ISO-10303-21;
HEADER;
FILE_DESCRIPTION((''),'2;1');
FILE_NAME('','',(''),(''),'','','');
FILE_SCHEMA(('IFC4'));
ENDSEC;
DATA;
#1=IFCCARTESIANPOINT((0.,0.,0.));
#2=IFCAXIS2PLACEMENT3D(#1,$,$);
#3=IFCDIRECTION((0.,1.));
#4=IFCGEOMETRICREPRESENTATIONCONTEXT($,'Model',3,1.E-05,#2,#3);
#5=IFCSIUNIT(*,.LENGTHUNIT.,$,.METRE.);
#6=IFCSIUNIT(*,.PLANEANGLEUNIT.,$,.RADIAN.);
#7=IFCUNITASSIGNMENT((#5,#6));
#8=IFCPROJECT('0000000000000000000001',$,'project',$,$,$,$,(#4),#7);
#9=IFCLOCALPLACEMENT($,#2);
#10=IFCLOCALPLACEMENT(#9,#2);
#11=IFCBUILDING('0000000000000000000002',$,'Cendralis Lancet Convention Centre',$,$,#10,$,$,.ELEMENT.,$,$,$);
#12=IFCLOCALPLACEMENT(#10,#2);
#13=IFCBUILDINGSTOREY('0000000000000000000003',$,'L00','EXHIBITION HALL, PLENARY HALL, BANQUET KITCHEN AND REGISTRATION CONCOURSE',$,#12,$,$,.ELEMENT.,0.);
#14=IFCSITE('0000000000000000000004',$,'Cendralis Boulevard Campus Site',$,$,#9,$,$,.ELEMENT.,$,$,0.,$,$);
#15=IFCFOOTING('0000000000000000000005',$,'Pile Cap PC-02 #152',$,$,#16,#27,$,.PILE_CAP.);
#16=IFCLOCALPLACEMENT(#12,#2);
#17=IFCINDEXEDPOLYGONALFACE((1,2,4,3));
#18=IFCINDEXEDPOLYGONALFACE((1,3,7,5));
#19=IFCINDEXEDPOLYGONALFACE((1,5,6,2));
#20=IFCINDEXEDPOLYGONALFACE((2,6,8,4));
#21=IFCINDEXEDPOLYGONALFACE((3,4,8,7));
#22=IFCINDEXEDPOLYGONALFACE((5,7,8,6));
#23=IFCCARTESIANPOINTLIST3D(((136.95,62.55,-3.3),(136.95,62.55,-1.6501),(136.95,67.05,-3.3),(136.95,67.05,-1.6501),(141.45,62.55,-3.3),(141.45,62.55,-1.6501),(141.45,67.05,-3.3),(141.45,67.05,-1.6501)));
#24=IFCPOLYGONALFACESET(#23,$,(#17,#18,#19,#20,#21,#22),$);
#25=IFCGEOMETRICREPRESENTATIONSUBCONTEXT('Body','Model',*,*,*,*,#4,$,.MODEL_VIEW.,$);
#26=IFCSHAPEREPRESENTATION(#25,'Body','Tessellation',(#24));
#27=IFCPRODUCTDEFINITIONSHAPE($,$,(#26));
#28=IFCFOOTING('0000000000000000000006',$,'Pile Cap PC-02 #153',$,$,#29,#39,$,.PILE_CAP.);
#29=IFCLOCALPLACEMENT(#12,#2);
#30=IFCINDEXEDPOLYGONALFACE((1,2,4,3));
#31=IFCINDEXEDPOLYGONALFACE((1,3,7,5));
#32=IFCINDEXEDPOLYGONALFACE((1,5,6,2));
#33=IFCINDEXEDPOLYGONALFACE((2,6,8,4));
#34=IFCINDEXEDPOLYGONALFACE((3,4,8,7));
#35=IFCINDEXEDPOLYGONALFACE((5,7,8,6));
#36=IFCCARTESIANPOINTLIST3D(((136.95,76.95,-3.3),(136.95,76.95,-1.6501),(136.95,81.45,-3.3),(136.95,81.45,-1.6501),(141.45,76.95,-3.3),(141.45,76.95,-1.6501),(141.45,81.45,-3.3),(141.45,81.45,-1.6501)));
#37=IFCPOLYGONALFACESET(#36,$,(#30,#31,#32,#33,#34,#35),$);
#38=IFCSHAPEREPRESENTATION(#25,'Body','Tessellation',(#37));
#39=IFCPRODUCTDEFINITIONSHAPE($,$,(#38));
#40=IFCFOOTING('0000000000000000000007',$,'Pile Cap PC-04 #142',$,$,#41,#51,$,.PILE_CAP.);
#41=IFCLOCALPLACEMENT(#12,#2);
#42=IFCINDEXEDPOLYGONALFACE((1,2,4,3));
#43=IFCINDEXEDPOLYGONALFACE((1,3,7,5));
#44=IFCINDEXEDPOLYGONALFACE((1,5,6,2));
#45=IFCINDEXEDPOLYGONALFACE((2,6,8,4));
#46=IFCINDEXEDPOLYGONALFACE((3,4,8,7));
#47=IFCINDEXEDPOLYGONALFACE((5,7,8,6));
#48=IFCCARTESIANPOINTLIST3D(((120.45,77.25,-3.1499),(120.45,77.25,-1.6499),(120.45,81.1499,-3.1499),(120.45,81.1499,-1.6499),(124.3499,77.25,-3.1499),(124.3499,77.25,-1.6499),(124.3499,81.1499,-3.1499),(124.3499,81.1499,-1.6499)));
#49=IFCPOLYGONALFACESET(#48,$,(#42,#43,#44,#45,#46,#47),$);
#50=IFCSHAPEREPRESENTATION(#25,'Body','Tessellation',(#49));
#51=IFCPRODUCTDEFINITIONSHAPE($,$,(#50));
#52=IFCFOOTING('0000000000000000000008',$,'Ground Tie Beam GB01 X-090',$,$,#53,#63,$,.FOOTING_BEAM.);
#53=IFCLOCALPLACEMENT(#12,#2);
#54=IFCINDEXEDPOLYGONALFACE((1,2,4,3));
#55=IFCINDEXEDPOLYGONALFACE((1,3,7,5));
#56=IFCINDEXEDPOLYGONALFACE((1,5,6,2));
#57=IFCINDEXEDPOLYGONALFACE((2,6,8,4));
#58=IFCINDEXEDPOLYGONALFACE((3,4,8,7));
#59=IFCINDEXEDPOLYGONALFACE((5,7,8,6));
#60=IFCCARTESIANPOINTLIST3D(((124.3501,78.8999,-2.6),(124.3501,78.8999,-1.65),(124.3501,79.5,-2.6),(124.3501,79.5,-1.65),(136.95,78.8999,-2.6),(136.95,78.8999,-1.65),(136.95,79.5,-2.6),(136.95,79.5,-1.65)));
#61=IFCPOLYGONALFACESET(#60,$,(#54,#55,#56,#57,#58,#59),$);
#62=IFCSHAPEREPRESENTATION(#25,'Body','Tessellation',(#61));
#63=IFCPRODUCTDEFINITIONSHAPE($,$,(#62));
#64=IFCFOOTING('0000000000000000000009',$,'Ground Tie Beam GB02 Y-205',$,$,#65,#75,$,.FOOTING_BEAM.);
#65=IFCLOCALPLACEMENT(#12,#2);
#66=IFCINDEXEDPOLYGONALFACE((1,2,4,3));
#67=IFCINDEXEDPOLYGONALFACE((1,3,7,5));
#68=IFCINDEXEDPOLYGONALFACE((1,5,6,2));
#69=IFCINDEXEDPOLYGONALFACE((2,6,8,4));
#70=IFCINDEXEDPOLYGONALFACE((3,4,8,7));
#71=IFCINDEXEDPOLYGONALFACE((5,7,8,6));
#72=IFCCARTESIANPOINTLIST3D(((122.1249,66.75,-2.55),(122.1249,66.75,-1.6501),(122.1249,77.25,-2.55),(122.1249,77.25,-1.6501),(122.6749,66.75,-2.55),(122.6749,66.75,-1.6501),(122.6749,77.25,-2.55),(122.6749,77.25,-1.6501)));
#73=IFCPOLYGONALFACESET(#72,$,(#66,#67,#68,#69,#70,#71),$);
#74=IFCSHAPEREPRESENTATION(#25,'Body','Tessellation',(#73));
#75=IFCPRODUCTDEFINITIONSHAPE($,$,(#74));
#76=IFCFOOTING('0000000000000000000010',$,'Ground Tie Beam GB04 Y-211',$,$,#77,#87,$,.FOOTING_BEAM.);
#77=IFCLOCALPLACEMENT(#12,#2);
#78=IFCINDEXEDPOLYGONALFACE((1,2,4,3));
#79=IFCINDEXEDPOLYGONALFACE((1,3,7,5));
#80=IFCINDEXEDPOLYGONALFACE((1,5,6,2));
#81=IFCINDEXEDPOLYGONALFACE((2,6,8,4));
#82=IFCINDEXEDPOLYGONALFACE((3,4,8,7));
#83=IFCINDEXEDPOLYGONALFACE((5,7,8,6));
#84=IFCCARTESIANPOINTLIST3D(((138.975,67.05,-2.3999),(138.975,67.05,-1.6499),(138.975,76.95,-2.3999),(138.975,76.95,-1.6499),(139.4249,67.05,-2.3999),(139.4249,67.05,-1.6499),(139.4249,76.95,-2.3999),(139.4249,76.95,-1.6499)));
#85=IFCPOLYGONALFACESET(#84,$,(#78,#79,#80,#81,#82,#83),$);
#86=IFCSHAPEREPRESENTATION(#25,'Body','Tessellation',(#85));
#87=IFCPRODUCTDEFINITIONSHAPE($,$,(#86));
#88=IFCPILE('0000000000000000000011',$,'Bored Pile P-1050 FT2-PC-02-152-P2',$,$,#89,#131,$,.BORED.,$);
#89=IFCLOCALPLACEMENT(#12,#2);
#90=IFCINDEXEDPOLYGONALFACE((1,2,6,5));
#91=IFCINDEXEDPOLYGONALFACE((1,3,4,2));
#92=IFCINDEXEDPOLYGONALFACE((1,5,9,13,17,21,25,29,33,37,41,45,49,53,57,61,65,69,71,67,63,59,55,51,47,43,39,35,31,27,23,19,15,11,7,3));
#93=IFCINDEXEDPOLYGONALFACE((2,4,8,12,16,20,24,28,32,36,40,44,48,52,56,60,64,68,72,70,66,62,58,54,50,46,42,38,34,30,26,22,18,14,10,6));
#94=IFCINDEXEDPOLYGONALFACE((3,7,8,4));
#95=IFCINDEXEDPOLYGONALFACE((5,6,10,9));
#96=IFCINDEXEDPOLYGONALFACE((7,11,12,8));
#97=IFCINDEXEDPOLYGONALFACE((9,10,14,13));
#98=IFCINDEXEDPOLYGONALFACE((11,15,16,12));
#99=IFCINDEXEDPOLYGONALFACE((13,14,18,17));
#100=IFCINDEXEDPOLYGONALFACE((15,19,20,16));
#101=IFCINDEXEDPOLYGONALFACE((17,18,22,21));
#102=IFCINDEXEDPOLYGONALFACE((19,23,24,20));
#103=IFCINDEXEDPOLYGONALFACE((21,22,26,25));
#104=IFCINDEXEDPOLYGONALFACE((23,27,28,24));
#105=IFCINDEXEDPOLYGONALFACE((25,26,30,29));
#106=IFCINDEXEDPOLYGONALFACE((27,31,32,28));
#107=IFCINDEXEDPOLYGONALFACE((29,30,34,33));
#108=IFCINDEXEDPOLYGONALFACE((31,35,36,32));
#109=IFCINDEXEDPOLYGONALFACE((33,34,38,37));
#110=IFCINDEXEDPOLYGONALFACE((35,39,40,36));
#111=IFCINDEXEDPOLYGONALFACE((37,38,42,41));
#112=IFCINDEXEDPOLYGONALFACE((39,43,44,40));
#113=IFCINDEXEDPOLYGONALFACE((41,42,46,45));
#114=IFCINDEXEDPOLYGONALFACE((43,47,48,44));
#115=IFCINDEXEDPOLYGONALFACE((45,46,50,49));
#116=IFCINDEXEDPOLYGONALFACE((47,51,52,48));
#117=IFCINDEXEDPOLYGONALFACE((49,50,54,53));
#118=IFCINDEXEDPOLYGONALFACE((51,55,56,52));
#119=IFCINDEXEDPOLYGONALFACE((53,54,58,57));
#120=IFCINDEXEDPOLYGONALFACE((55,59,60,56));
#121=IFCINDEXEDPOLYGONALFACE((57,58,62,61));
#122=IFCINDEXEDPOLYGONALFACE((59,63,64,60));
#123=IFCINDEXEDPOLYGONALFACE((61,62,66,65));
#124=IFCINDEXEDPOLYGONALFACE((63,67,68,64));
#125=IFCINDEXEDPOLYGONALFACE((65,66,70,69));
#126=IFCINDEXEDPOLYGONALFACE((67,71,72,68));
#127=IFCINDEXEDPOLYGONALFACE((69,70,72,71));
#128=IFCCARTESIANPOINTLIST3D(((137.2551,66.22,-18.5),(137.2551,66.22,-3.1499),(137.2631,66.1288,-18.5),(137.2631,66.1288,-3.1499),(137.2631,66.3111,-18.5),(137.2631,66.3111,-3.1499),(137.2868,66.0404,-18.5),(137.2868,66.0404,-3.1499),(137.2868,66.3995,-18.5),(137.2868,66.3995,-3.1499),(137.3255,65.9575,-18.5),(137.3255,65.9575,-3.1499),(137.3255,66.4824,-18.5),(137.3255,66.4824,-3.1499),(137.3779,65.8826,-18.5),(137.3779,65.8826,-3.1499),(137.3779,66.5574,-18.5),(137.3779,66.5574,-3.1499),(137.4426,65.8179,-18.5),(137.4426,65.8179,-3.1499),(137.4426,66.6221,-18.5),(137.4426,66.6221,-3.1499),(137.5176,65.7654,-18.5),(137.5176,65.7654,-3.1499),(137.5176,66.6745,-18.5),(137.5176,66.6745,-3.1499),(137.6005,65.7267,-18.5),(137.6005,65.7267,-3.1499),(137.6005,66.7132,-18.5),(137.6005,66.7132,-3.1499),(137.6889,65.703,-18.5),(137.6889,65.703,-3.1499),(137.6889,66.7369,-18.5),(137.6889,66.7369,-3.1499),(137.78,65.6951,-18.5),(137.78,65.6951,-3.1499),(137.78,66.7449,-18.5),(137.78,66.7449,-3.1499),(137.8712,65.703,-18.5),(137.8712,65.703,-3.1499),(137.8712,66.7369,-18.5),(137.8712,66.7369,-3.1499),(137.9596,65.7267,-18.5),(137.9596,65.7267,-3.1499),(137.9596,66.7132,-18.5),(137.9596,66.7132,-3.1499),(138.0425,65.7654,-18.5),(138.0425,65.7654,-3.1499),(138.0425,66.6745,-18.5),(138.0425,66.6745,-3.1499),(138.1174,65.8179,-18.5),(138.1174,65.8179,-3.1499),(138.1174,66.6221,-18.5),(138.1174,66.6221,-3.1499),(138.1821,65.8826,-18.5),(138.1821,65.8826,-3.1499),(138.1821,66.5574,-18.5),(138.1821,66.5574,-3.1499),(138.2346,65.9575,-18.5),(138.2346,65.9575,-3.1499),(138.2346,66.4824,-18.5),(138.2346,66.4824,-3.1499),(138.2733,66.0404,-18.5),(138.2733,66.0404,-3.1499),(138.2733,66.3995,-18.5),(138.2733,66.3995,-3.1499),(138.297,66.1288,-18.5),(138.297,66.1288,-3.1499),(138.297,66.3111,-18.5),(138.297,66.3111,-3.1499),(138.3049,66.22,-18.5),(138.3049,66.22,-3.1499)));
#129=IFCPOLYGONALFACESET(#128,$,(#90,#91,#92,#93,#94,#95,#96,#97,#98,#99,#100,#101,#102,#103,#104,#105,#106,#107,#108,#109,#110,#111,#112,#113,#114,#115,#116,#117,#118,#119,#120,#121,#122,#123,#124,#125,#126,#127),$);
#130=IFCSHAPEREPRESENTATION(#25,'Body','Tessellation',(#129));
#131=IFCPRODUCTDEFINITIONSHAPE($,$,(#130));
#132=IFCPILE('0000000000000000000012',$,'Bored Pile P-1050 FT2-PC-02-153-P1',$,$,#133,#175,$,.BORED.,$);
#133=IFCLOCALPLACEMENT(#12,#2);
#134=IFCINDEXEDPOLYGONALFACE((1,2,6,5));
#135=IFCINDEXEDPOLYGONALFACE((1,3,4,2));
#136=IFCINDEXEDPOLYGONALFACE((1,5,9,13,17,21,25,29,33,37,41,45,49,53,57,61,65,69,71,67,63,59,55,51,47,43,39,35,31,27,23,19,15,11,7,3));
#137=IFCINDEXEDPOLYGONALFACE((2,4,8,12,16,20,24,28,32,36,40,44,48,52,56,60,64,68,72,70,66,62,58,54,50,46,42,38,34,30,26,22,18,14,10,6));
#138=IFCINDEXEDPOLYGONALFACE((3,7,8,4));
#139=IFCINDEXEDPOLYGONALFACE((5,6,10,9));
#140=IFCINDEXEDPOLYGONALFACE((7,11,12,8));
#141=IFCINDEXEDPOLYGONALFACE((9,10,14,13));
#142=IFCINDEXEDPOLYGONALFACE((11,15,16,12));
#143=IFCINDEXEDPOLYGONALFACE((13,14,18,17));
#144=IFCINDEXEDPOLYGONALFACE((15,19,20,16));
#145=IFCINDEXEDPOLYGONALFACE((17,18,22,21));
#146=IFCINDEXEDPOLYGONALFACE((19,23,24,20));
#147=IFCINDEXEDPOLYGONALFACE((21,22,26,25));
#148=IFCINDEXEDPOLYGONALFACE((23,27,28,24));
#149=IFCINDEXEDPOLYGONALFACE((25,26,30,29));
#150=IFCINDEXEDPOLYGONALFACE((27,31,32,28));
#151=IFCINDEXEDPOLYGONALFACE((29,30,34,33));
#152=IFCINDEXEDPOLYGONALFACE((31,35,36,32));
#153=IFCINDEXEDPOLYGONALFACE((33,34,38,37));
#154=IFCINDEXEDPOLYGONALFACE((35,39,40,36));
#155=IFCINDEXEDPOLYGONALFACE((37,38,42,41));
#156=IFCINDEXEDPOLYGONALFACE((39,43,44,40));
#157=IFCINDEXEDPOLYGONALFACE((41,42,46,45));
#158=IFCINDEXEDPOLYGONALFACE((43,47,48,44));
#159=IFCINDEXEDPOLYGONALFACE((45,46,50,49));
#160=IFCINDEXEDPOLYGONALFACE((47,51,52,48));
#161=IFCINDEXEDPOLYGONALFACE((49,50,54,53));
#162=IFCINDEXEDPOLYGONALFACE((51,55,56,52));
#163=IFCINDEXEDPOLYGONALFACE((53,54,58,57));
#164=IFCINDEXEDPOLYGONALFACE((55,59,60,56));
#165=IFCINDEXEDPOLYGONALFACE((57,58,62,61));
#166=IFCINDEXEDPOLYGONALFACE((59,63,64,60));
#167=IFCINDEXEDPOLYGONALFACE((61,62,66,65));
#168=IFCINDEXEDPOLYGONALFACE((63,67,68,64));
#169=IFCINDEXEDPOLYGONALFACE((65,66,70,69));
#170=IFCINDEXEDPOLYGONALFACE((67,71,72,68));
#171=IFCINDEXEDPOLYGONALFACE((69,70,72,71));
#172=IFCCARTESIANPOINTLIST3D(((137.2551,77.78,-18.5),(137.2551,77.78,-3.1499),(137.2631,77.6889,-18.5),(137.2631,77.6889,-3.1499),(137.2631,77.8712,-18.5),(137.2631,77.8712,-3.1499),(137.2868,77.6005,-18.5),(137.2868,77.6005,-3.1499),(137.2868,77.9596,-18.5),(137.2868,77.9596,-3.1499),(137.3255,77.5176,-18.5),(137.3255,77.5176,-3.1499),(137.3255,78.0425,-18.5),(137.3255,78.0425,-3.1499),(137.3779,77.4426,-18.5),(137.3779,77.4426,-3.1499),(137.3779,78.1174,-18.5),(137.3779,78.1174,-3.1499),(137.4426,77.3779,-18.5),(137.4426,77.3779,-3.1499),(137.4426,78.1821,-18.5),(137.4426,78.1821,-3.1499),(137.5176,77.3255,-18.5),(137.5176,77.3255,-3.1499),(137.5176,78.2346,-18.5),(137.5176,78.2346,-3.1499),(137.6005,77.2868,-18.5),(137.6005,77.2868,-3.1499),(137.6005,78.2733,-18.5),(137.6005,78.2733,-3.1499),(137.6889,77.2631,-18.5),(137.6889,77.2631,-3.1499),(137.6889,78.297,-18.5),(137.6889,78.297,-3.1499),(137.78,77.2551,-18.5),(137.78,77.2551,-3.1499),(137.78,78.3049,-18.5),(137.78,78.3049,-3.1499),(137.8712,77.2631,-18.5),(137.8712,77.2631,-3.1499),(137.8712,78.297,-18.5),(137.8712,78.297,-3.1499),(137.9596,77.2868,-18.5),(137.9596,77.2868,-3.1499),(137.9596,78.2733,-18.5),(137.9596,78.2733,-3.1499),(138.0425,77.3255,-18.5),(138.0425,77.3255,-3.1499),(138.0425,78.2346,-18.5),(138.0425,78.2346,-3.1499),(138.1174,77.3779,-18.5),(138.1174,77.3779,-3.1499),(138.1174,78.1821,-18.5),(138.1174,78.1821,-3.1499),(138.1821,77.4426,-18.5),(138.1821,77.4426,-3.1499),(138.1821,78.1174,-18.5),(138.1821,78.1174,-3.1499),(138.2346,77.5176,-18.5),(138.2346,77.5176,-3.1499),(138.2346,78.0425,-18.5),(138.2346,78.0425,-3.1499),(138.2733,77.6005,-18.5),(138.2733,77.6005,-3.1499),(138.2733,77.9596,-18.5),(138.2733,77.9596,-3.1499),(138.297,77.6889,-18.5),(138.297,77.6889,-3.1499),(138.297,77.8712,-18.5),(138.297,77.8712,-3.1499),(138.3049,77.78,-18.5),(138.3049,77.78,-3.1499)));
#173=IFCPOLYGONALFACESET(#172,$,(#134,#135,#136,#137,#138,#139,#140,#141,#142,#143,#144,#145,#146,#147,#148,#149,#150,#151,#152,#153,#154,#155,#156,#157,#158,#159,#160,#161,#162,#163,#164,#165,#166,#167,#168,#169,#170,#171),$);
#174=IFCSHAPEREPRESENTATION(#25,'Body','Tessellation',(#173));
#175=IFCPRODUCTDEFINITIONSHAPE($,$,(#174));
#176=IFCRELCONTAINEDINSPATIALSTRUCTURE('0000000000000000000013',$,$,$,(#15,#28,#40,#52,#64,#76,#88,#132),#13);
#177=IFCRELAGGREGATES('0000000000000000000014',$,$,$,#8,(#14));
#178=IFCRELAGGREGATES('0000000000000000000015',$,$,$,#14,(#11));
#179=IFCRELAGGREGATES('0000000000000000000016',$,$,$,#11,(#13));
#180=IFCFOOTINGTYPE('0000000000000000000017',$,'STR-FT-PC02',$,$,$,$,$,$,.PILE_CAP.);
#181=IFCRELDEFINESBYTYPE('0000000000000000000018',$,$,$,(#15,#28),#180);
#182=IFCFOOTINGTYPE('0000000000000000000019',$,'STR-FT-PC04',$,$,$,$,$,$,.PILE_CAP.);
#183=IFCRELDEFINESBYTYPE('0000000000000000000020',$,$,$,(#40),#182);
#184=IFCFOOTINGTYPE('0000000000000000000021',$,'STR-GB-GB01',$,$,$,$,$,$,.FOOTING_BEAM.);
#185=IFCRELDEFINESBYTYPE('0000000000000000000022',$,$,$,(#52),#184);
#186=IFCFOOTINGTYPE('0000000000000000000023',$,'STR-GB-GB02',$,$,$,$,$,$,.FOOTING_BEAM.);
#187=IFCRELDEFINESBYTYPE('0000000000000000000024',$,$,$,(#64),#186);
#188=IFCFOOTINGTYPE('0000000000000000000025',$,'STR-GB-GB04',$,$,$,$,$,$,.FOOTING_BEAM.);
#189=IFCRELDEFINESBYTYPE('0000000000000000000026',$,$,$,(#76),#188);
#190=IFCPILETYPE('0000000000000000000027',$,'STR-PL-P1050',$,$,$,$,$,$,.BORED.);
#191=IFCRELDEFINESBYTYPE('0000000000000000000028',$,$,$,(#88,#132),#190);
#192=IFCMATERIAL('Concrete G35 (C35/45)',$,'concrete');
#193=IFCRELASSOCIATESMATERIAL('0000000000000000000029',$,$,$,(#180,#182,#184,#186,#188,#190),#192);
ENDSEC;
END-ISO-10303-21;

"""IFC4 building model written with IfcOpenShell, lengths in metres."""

from ifc_helpers import new_model, si_unit, direction, frame, origin, origin_2d, place, context, subcontext, project, spatial, rectangle, circle, extrude, material, material_profile, profile_set, type_object, element, save


model = new_model("IFC4")

# Units and contexts
model_context = context("Model", 3, precision=1e-05, world=origin(), true_north=direction((0.0, 1.0)))
body_context = subcontext(model_context, "Body", "Model", "MODEL_VIEW")
ifc_project = project(units=[si_unit("LENGTHUNIT", "METRE"), si_unit("PLANEANGLEUNIT", "RADIAN")], contexts=[model_context])

# Site, building, storey
site_placement = place(None, origin())
site = spatial("IfcSite", under=ifc_project, at=site_placement, Name="Cendralis Boulevard Campus Site", CompositionType="ELEMENT", RefElevation=0.0)
building_placement = place(site_placement, origin())
building = spatial("IfcBuilding", under=site, at=building_placement, Name="Cendralis Lancet Convention Centre", CompositionType="ELEMENT")
storey_placement = place(building_placement, origin())
storey = spatial("IfcBuildingStorey", under=building, at=storey_placement, Name="L00", Description="EXHIBITION HALL, PLENARY HALL, BANQUET KITCHEN AND REGISTRATION CONCOURSE", CompositionType="ELEMENT", Elevation=0.0)

# Footings
ifc_material_1 = material(Name="Concrete G35 (C35/45)", Category="concrete")
footing_type_1 = type_object("IfcFootingType", Name="STR-FT-PC02", PredefinedType="PILE_CAP", material=ifc_material_1)
for number, where, z_axis, x_axis, name in (
    (1, (139.2, 64.8, -3.3), (0.0, 0.0, 1.0), (1.0, 0.0, 0.0), "Pile Cap PC-02 #152"),
    (2, (139.2, 79.2, -3.3), (0.0, 0.0, 1.0), (1.0, 0.0, 0.0), "Pile Cap PC-02 #153"),
):
    element("IfcFooting", number, at=place(storey_placement, frame(where, z_axis=z_axis, x_axis=x_axis)), inside=storey, type_object=footing_type_1, Name=name, PredefinedType="PILE_CAP", context=body_context, shape_type="SweptSolid", body=[
        extrude(rectangle(XDim=4.5, YDim=4.5, at=origin_2d()), origin(), (0.0, 0.0, 1.0), 1.6499),
    ])
footing_type_2 = type_object("IfcFootingType", Name="STR-FT-PC04", PredefinedType="PILE_CAP", material=ifc_material_1)
footing_1_placement = place(storey_placement, frame((122.3999, 79.2, -3.1499), z_axis=(0.0, 0.0, 1.0), x_axis=(1.0, 0.0, 0.0)))
element("IfcFooting", 3, at=footing_1_placement, inside=storey, type_object=footing_type_2, Name="Pile Cap PC-04 #142", PredefinedType="PILE_CAP", context=body_context, shape_type="SweptSolid", body=[
    extrude(rectangle(XDim=3.8999, YDim=3.8999, at=origin_2d()), origin(), (0.0, 0.0, 1.0), 1.5),
])
ifc_material_profile_1 = material_profile(ifc_material_1, rectangle(XDim=0.6001, YDim=0.95, at=origin_2d()), Name="RCB 600x950")
ifc_profile_set_1 = profile_set([ifc_material_profile_1], Name="Concrete G35 (C35/45)")
footing_type_3 = type_object("IfcFootingType", Name="STR-GB-GB01", PredefinedType="FOOTING_BEAM", material=ifc_profile_set_1)
footing_2_placement = place(storey_placement, frame((124.3501, 79.2, -2.125), z_axis=(1.0, 0.0, 0.0), x_axis=(0.0, 1.0, 0.0)))
element("IfcFooting", 4, at=footing_2_placement, inside=storey, type_object=footing_type_3, Name="Ground Tie Beam GB01 X-090", PredefinedType="FOOTING_BEAM", context=body_context, shape_type="SweptSolid", body=[
    extrude(rectangle(XDim=0.6001, YDim=0.95, at=origin_2d()), origin(), (0.0, 0.0, 1.0), 12.5999),
])
ifc_material_profile_2 = material_profile(ifc_material_1, rectangle(XDim=0.55, YDim=0.8999, at=origin_2d()), Name="RCB 550x900")
ifc_profile_set_2 = profile_set([ifc_material_profile_2], Name="Concrete G35 (C35/45)")
footing_type_4 = type_object("IfcFootingType", Name="STR-GB-GB02", PredefinedType="FOOTING_BEAM", material=ifc_profile_set_2)
footing_3_placement = place(storey_placement, frame((122.3999, 66.75, -2.1001), z_axis=(0.0, 1.0, 0.0), x_axis=(-1.0, 0.0, 0.0)))
element("IfcFooting", 5, at=footing_3_placement, inside=storey, type_object=footing_type_4, Name="Ground Tie Beam GB02 Y-205", PredefinedType="FOOTING_BEAM", context=body_context, shape_type="SweptSolid", body=[
    extrude(rectangle(XDim=0.55, YDim=0.8999, at=origin_2d()), origin(), (0.0, 0.0, 1.0), 10.5),
])
ifc_material_profile_3 = material_profile(ifc_material_1, rectangle(XDim=0.45, YDim=0.75, at=origin_2d()), Name="RCB 450x750")
ifc_profile_set_3 = profile_set([ifc_material_profile_3], Name="Concrete G35 (C35/45)")
footing_type_5 = type_object("IfcFootingType", Name="STR-GB-GB04", PredefinedType="FOOTING_BEAM", material=ifc_profile_set_3)
footing_4_placement = place(storey_placement, frame((139.2, 67.05, -2.0249), z_axis=(0.0, 1.0, 0.0), x_axis=(-1.0, 0.0, 0.0)))
element("IfcFooting", 6, at=footing_4_placement, inside=storey, type_object=footing_type_5, Name="Ground Tie Beam GB04 Y-211", PredefinedType="FOOTING_BEAM", context=body_context, shape_type="SweptSolid", body=[
    extrude(rectangle(XDim=0.45, YDim=0.75, at=origin_2d()), origin(), (0.0, 0.0, 1.0), 9.8999),
])

# Piles
ifc_material_profile_4 = material_profile(ifc_material_1, circle(Radius=0.5249, at=origin_2d()), Name="BORED PILE D1050")
ifc_profile_set_4 = profile_set([ifc_material_profile_4], Name="Concrete G35 (C35/45)")
pile_type_1 = type_object("IfcPileType", Name="STR-PL-P1050", PredefinedType="BORED", material=ifc_profile_set_4)
for number, where, z_axis, x_axis, name in (
    (7, (137.78, 66.22, -3.1499), (0.0, 0.0, -1.0), (1.0, 0.0, 0.0), "Bored Pile P-1050 FT2-PC-02-152-P2"),
    (8, (137.78, 77.78, -3.1499), (0.0, 0.0, -1.0), (1.0, 0.0, 0.0), "Bored Pile P-1050 FT2-PC-02-153-P1"),
):
    element("IfcPile", number, at=place(storey_placement, frame(where, z_axis=z_axis, x_axis=x_axis)), inside=storey, type_object=pile_type_1, Name=name, PredefinedType="BORED", context=body_context, shape_type="SweptSolid", body=[
        extrude(circle(Radius=0.5249, at=origin_2d()), origin(), (0.0, 0.0, 1.0), 15.3501),
    ])

save(model, "model.ifc")
